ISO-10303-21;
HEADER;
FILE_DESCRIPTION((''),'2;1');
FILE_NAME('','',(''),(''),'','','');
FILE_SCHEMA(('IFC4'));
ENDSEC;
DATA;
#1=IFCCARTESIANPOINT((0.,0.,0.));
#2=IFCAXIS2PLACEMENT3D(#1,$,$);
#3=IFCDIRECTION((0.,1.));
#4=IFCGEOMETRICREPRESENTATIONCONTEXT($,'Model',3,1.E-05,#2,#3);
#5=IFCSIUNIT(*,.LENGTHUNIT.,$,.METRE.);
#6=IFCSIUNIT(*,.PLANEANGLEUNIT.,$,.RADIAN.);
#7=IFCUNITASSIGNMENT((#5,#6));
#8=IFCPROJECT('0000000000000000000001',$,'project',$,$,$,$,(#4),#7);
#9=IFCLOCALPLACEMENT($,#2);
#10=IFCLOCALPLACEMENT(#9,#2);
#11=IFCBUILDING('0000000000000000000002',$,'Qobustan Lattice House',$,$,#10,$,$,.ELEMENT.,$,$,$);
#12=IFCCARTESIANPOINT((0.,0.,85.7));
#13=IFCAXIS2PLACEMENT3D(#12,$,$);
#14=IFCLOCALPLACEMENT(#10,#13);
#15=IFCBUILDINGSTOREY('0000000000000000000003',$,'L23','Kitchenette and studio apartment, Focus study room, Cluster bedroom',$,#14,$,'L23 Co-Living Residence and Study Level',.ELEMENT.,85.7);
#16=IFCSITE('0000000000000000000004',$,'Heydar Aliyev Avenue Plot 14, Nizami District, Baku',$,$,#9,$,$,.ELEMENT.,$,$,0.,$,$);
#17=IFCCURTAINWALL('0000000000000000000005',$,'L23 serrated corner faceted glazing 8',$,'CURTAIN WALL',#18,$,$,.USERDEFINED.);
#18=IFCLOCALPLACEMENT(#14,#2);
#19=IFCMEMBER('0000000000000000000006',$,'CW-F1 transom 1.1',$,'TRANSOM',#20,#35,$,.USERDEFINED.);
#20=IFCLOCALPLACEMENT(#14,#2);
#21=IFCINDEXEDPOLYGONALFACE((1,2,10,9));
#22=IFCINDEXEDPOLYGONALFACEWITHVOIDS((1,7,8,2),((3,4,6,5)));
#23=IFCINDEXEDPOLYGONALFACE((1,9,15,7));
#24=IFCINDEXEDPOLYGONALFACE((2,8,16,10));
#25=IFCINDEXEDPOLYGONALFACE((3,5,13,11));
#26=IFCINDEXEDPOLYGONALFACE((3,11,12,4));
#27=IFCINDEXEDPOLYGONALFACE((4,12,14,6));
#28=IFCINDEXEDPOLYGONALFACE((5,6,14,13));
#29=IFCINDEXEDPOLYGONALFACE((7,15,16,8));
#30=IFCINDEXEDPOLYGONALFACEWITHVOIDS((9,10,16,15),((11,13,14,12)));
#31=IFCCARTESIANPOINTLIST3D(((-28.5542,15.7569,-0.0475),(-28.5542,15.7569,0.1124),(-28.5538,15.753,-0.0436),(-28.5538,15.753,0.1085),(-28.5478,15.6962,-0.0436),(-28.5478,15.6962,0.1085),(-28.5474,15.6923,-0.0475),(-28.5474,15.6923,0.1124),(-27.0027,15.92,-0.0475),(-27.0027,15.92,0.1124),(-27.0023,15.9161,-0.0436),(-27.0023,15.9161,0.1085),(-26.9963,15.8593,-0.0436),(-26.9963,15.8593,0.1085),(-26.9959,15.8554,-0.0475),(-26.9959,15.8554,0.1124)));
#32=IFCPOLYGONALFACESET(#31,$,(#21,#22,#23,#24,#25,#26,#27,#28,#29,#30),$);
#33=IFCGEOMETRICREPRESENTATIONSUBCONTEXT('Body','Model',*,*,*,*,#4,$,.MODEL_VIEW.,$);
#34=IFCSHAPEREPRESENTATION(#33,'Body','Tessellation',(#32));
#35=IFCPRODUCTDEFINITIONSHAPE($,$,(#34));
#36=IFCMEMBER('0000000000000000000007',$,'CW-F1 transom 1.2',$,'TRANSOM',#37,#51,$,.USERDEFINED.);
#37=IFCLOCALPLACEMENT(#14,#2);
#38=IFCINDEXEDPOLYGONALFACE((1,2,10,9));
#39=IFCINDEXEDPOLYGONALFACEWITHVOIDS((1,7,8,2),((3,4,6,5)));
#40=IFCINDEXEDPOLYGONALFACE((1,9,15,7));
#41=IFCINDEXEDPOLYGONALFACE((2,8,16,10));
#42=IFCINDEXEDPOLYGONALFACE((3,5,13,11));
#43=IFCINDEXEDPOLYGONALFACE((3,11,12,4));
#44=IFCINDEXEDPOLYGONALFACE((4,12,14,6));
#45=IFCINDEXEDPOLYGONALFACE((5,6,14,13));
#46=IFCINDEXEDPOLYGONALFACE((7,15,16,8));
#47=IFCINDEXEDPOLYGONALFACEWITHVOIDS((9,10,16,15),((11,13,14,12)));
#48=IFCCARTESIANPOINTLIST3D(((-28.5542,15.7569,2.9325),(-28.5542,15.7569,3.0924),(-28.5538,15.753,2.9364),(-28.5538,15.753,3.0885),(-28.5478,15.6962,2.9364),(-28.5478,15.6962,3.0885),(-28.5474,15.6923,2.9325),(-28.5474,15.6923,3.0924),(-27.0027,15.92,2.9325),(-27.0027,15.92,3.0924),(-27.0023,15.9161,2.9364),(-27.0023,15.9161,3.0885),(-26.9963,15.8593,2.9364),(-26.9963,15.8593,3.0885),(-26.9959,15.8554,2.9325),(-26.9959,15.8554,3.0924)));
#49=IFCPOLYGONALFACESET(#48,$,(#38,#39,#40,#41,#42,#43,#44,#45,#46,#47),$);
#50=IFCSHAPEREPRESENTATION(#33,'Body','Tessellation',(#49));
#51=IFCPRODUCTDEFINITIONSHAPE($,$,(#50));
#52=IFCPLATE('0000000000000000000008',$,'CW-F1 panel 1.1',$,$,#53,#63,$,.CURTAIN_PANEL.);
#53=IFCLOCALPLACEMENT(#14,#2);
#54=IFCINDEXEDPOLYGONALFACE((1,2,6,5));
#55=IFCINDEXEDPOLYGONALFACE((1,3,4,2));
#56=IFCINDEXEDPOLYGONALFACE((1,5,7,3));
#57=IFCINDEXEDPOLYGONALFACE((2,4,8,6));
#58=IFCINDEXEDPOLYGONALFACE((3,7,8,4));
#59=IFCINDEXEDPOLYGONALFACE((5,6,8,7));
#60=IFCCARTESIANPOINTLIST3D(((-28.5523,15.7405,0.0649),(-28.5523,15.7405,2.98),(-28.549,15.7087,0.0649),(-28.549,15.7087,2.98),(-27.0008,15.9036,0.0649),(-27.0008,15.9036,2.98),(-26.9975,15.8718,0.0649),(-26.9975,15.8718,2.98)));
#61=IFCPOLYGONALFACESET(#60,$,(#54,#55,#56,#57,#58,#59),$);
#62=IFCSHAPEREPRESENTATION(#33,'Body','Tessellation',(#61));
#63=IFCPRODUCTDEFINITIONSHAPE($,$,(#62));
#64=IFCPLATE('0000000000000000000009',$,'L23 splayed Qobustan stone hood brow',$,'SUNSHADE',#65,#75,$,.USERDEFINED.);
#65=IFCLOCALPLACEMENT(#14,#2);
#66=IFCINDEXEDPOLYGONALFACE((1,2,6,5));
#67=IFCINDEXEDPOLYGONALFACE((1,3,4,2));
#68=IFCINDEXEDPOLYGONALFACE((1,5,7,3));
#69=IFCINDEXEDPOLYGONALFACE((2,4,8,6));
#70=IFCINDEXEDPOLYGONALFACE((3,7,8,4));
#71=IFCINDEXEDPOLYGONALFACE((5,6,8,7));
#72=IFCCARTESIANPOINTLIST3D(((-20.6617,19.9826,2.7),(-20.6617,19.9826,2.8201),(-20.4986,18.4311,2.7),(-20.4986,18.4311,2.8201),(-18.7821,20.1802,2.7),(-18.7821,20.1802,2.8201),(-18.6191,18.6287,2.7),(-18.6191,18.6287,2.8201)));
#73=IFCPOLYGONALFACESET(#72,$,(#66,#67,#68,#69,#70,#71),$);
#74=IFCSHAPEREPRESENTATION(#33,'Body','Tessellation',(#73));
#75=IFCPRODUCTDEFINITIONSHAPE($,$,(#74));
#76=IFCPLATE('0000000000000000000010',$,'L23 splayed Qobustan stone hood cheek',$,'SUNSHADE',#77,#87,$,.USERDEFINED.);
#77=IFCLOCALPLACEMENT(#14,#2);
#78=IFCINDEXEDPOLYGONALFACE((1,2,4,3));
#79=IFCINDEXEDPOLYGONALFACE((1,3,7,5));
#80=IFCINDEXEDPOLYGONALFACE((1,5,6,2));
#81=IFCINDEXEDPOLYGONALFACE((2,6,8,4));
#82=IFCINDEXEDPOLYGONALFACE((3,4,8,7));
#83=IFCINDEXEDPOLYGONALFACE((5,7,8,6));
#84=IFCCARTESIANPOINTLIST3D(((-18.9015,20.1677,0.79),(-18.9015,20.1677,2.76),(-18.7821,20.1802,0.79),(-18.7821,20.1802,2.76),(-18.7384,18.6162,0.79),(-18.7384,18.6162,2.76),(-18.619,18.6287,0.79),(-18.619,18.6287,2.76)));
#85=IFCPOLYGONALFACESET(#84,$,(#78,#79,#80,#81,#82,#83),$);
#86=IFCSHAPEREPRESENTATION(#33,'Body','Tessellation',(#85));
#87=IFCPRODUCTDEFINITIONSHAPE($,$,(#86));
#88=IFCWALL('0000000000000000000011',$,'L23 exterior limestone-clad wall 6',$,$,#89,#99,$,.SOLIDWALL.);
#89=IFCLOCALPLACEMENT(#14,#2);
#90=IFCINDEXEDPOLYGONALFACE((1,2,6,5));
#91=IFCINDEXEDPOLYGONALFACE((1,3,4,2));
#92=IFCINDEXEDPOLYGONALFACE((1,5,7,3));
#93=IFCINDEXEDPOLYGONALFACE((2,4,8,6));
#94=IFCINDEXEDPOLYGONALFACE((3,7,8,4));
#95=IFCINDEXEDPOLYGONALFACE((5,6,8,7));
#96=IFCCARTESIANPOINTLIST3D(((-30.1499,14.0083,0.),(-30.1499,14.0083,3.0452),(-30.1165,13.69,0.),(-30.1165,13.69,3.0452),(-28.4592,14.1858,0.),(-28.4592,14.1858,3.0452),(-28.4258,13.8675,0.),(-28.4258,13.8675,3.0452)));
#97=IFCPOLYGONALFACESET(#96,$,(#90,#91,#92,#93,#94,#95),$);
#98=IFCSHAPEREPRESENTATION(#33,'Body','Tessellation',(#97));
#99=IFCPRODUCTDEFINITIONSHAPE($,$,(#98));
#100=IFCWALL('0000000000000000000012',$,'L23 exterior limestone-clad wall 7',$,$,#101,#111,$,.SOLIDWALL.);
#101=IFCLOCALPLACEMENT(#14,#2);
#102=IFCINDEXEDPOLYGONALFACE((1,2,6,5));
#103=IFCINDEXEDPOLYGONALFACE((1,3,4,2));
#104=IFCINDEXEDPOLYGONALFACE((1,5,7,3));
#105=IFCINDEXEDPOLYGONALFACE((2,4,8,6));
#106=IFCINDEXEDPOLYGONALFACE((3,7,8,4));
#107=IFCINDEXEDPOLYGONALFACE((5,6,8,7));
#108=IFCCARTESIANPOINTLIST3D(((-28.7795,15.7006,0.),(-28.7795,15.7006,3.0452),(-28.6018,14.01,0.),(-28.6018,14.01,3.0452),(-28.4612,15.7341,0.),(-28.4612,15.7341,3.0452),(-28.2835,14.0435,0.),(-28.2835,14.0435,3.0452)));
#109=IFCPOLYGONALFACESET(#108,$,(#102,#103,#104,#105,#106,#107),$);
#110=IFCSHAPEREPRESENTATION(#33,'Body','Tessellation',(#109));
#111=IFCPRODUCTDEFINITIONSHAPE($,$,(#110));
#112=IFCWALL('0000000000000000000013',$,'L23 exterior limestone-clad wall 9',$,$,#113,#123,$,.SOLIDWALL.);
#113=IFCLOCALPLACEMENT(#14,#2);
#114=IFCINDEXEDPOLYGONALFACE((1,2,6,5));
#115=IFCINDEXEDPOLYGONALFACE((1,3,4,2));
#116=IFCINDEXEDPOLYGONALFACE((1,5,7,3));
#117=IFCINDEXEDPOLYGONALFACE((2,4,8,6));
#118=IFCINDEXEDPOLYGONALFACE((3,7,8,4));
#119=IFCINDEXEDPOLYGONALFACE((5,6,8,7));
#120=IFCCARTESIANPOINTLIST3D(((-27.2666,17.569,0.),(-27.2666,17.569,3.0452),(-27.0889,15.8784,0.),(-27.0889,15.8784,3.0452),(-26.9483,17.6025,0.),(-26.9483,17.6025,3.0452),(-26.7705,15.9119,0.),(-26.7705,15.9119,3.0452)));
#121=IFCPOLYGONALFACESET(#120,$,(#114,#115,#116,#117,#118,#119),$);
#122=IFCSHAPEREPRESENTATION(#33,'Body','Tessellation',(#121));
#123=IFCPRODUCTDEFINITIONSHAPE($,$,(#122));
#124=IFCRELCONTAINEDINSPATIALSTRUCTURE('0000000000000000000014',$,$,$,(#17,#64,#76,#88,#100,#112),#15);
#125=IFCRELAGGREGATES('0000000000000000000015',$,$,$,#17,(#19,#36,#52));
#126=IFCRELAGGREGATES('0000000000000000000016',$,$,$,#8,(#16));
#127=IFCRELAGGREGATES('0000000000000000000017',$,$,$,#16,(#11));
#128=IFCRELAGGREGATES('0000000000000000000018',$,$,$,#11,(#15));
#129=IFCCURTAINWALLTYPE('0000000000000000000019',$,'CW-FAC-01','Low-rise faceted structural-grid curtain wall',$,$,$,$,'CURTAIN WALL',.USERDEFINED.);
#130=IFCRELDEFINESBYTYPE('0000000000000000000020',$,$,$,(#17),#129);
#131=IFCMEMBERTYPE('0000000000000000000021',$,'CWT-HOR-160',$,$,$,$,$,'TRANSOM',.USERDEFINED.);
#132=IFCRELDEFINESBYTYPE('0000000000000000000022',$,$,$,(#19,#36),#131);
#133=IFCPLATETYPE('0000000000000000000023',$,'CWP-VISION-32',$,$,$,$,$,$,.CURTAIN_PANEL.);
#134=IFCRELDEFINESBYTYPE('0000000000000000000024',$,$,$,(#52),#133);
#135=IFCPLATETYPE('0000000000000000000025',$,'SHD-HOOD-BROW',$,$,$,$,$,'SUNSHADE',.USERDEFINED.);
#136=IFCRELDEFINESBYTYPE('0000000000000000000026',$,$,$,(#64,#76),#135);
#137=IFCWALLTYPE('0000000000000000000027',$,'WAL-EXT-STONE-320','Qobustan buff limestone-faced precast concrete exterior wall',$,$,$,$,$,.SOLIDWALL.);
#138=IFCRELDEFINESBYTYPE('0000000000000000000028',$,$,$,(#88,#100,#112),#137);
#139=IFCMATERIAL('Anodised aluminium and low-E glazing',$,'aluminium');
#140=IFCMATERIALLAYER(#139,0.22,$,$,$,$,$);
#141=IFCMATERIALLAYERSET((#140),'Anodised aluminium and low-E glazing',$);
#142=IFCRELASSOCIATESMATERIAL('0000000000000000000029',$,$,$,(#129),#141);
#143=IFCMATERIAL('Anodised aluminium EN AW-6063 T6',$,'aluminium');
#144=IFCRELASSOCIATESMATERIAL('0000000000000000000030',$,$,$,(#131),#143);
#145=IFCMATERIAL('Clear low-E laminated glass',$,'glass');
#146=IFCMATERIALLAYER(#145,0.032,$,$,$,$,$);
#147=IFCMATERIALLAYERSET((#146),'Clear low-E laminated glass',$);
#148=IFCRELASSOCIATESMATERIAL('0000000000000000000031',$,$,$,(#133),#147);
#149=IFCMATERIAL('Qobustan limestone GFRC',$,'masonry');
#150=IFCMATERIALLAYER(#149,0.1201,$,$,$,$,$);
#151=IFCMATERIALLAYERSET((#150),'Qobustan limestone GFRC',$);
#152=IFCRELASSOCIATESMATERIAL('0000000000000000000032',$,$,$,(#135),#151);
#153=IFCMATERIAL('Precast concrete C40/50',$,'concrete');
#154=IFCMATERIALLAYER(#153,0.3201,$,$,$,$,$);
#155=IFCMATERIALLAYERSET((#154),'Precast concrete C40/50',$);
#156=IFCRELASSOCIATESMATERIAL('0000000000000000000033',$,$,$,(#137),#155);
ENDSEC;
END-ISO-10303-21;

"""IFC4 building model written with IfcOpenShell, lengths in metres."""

from ifc_helpers import new_model, si_unit, direction, frame, frame_2d, origin, origin_2d, place, context, subcontext, project, spatial, rectangle, hollow_rectangle, extrude, material, layer, layer_set, material_profile, profile_set, type_object, element, aggregate, save


model = new_model("IFC4")

# Units and contexts
model_context = context("Model", 3, precision=1e-05, world=origin(), true_north=direction((0.0, 1.0)))
body_context = subcontext(model_context, "Body", "Model", "MODEL_VIEW")
ifc_project = project(units=[si_unit("LENGTHUNIT", "METRE"), si_unit("PLANEANGLEUNIT", "RADIAN")], contexts=[model_context])

# Site, building, storey
site_placement = place(None, origin())
site = spatial("IfcSite", under=ifc_project, at=site_placement, Name="Heydar Aliyev Avenue Plot 14, Nizami District, Baku", CompositionType="ELEMENT", RefElevation=0.0)
building_placement = place(site_placement, origin())
building = spatial("IfcBuilding", under=site, at=building_placement, Name="Qobustan Lattice House", CompositionType="ELEMENT")
storey_placement = place(building_placement, frame((0.0, 0.0, 85.7)))
storey = spatial("IfcBuildingStorey", under=building, at=storey_placement, Name="L23", Description="Kitchenette and studio apartment, Focus study room, Cluster bedroom", LongName="L23 Co-Living Residence and Study Level", CompositionType="ELEMENT", Elevation=85.7)

# Curtain wall, members, plate
ifc_material_1 = material(Name="Anodised aluminium and low-E glazing", Category="aluminium")
ifc_layer_1 = layer(ifc_material_1, 0.22)
ifc_layer_set_1 = layer_set([ifc_layer_1], Name="Anodised aluminium and low-E glazing")
curtain_wall_type = type_object("IfcCurtainWallType", Name="CW-FAC-01", Description="Low-rise faceted structural-grid curtain wall", ElementType="CURTAIN WALL", PredefinedType="USERDEFINED", material=ifc_layer_set_1)
curtain_wall_placement = place(storey_placement, origin())
curtain_wall = element("IfcCurtainWall", 1, at=curtain_wall_placement, inside=storey, type_object=curtain_wall_type, Name="L23 serrated corner faceted glazing 8", ObjectType="CURTAIN WALL", PredefinedType="USERDEFINED")
ifc_material_2 = material(Name="Anodised aluminium EN AW-6063 T6", Category="aluminium")
ifc_material_profile_1 = material_profile(ifc_material_2, hollow_rectangle(XDim=0.0649, YDim=0.1599, WallThickness=0.0039, at=origin_2d()), Name="CWT-160x65")
ifc_profile_set_1 = profile_set([ifc_material_profile_1], Name="Anodised aluminium EN AW-6063 T6")
member_type_1 = type_object("IfcMemberType", Name="CWT-HOR-160", ElementType="TRANSOM", PredefinedType="USERDEFINED", material=ifc_profile_set_1)
member_1_placement = place(storey_placement, frame((-28.5508, 15.7246, 0.0325), z_axis=(0.994521, 0.104538, 0.0), x_axis=(-0.104538, 0.994521, 0.0)))
member_1 = element("IfcMember", 2, at=member_1_placement, type_object=member_type_1, Name="CW-F1 transom 1.1", ObjectType="TRANSOM", PredefinedType="USERDEFINED", context=body_context, shape_type="SweptSolid", body=[
    extrude(hollow_rectangle(XDim=0.0649, YDim=0.1599, WallThickness=0.0039, at=origin_2d()), origin(), (0.0, 0.0, 1.0), 1.5601),
])
member_2_placement = place(storey_placement, frame((-28.5508, 15.7246, 3.0125), z_axis=(0.994521, 0.104538, 0.0), x_axis=(-0.104538, 0.994521, 0.0)))
member_2 = element("IfcMember", 3, at=member_2_placement, type_object=member_type_1, Name="CW-F1 transom 1.2", ObjectType="TRANSOM", PredefinedType="USERDEFINED", context=body_context, shape_type="SweptSolid", body=[
    extrude(hollow_rectangle(XDim=0.0649, YDim=0.1599, WallThickness=0.0039, at=origin_2d()), origin(), (0.0, 0.0, 1.0), 1.5601),
])
ifc_material_3 = material(Name="Clear low-E laminated glass", Category="glass")
ifc_layer_2 = layer(ifc_material_3, 0.032)
ifc_layer_set_2 = layer_set([ifc_layer_2], Name="Clear low-E laminated glass")
plate_type_1 = type_object("IfcPlateType", Name="CWP-VISION-32", PredefinedType="CURTAIN_PANEL", material=ifc_layer_set_2)
plate_1_placement = place(storey_placement, frame((-27.7749, 15.8062, 0.0649), z_axis=(0.0, 0.0, 1.0), x_axis=(0.994522, 0.104529, 0.0)))
plate_1 = element("IfcPlate", 4, at=plate_1_placement, type_object=plate_type_1, Name="CW-F1 panel 1.1", PredefinedType="CURTAIN_PANEL", context=body_context, shape_type="SweptSolid", body=[
    extrude(rectangle(XDim=1.5601, YDim=0.032, at=origin_2d()), origin(), (0.0, 0.0, 1.0), 2.915),
])
aggregate(curtain_wall, [member_1, member_2, plate_1])

# Plates
ifc_material_4 = material(Name="Qobustan limestone GFRC", Category="masonry")
ifc_layer_3 = layer(ifc_material_4, 0.1201)
ifc_layer_set_3 = layer_set([ifc_layer_3], Name="Qobustan limestone GFRC")
plate_type_2 = type_object("IfcPlateType", Name="SHD-HOOD-BROW", ElementType="SUNSHADE", PredefinedType="USERDEFINED", material=ifc_layer_set_3)
plate_2_placement = place(storey_placement, frame((-19.6404, 19.3057, 2.7), z_axis=(0.0, 0.0, 1.0), x_axis=(0.994522, 0.104528, 0.0)))
element("IfcPlate", 5, at=plate_2_placement, inside=storey, type_object=plate_type_2, Name="L23 splayed Qobustan stone hood brow", ObjectType="SUNSHADE", PredefinedType="USERDEFINED", context=body_context, shape_type="SweptSolid", body=[
    extrude(rectangle(XDim=1.8899, YDim=1.5601, at=origin_2d()), origin(), (0.0, 0.0, 1.0), 0.1201),
])
plate_3_placement = place(storey_placement, frame((-18.7603, 19.3982, 0.79), z_axis=(0.0, 0.0, 1.0), x_axis=(0.994522, 0.104528, 0.0)))
element("IfcPlate", 6, at=plate_3_placement, inside=storey, type_object=plate_type_2, Name="L23 splayed Qobustan stone hood cheek", ObjectType="SUNSHADE", PredefinedType="USERDEFINED", context=body_context, shape_type="SweptSolid", body=[
    extrude(rectangle(XDim=0.1201, YDim=1.5601, at=origin_2d()), origin(), (0.0, 0.0, 1.0), 1.97),
])

# Walls
ifc_material_5 = material(Name="Precast concrete C40/50", Category="concrete")
ifc_layer_4 = layer(ifc_material_5, 0.3201)
ifc_layer_set_4 = layer_set([ifc_layer_4], Name="Precast concrete C40/50")
wall_type = type_object("IfcWallType", Name="WAL-EXT-STONE-320", Description="Qobustan buff limestone-faced precast concrete exterior wall", PredefinedType="SOLIDWALL", material=ifc_layer_set_4)
for number, where, z_axis, x_axis, name in (
    (7, (-30.1333, 13.8491, 0.0), (0.0, 0.0, 1.0), (0.994535, 0.104408, 0.0), "L23 exterior limestone-clad wall 6"),
    (8, (-28.4426, 14.0266, 0.0), (0.0, 0.0, 1.0), (-0.10455, 0.99452, 0.0), "L23 exterior limestone-clad wall 7"),
    (9, (-26.9297, 15.895, 0.0), (0.0, 0.0, 1.0), (-0.10455, 0.99452, 0.0), "L23 exterior limestone-clad wall 9"),
):
    element("IfcWall", number, at=place(storey_placement, frame(where, z_axis=z_axis, x_axis=x_axis)), inside=storey, type_object=wall_type, Name=name, PredefinedType="SOLIDWALL", context=body_context, shape_type="SweptSolid", body=[
        extrude(rectangle(XDim=1.7, YDim=0.3201, at=frame_2d((0.8501, 0.0))), origin(), (0.0, 0.0, 1.0), 3.0452),
    ])

save(model, "model.ifc")
